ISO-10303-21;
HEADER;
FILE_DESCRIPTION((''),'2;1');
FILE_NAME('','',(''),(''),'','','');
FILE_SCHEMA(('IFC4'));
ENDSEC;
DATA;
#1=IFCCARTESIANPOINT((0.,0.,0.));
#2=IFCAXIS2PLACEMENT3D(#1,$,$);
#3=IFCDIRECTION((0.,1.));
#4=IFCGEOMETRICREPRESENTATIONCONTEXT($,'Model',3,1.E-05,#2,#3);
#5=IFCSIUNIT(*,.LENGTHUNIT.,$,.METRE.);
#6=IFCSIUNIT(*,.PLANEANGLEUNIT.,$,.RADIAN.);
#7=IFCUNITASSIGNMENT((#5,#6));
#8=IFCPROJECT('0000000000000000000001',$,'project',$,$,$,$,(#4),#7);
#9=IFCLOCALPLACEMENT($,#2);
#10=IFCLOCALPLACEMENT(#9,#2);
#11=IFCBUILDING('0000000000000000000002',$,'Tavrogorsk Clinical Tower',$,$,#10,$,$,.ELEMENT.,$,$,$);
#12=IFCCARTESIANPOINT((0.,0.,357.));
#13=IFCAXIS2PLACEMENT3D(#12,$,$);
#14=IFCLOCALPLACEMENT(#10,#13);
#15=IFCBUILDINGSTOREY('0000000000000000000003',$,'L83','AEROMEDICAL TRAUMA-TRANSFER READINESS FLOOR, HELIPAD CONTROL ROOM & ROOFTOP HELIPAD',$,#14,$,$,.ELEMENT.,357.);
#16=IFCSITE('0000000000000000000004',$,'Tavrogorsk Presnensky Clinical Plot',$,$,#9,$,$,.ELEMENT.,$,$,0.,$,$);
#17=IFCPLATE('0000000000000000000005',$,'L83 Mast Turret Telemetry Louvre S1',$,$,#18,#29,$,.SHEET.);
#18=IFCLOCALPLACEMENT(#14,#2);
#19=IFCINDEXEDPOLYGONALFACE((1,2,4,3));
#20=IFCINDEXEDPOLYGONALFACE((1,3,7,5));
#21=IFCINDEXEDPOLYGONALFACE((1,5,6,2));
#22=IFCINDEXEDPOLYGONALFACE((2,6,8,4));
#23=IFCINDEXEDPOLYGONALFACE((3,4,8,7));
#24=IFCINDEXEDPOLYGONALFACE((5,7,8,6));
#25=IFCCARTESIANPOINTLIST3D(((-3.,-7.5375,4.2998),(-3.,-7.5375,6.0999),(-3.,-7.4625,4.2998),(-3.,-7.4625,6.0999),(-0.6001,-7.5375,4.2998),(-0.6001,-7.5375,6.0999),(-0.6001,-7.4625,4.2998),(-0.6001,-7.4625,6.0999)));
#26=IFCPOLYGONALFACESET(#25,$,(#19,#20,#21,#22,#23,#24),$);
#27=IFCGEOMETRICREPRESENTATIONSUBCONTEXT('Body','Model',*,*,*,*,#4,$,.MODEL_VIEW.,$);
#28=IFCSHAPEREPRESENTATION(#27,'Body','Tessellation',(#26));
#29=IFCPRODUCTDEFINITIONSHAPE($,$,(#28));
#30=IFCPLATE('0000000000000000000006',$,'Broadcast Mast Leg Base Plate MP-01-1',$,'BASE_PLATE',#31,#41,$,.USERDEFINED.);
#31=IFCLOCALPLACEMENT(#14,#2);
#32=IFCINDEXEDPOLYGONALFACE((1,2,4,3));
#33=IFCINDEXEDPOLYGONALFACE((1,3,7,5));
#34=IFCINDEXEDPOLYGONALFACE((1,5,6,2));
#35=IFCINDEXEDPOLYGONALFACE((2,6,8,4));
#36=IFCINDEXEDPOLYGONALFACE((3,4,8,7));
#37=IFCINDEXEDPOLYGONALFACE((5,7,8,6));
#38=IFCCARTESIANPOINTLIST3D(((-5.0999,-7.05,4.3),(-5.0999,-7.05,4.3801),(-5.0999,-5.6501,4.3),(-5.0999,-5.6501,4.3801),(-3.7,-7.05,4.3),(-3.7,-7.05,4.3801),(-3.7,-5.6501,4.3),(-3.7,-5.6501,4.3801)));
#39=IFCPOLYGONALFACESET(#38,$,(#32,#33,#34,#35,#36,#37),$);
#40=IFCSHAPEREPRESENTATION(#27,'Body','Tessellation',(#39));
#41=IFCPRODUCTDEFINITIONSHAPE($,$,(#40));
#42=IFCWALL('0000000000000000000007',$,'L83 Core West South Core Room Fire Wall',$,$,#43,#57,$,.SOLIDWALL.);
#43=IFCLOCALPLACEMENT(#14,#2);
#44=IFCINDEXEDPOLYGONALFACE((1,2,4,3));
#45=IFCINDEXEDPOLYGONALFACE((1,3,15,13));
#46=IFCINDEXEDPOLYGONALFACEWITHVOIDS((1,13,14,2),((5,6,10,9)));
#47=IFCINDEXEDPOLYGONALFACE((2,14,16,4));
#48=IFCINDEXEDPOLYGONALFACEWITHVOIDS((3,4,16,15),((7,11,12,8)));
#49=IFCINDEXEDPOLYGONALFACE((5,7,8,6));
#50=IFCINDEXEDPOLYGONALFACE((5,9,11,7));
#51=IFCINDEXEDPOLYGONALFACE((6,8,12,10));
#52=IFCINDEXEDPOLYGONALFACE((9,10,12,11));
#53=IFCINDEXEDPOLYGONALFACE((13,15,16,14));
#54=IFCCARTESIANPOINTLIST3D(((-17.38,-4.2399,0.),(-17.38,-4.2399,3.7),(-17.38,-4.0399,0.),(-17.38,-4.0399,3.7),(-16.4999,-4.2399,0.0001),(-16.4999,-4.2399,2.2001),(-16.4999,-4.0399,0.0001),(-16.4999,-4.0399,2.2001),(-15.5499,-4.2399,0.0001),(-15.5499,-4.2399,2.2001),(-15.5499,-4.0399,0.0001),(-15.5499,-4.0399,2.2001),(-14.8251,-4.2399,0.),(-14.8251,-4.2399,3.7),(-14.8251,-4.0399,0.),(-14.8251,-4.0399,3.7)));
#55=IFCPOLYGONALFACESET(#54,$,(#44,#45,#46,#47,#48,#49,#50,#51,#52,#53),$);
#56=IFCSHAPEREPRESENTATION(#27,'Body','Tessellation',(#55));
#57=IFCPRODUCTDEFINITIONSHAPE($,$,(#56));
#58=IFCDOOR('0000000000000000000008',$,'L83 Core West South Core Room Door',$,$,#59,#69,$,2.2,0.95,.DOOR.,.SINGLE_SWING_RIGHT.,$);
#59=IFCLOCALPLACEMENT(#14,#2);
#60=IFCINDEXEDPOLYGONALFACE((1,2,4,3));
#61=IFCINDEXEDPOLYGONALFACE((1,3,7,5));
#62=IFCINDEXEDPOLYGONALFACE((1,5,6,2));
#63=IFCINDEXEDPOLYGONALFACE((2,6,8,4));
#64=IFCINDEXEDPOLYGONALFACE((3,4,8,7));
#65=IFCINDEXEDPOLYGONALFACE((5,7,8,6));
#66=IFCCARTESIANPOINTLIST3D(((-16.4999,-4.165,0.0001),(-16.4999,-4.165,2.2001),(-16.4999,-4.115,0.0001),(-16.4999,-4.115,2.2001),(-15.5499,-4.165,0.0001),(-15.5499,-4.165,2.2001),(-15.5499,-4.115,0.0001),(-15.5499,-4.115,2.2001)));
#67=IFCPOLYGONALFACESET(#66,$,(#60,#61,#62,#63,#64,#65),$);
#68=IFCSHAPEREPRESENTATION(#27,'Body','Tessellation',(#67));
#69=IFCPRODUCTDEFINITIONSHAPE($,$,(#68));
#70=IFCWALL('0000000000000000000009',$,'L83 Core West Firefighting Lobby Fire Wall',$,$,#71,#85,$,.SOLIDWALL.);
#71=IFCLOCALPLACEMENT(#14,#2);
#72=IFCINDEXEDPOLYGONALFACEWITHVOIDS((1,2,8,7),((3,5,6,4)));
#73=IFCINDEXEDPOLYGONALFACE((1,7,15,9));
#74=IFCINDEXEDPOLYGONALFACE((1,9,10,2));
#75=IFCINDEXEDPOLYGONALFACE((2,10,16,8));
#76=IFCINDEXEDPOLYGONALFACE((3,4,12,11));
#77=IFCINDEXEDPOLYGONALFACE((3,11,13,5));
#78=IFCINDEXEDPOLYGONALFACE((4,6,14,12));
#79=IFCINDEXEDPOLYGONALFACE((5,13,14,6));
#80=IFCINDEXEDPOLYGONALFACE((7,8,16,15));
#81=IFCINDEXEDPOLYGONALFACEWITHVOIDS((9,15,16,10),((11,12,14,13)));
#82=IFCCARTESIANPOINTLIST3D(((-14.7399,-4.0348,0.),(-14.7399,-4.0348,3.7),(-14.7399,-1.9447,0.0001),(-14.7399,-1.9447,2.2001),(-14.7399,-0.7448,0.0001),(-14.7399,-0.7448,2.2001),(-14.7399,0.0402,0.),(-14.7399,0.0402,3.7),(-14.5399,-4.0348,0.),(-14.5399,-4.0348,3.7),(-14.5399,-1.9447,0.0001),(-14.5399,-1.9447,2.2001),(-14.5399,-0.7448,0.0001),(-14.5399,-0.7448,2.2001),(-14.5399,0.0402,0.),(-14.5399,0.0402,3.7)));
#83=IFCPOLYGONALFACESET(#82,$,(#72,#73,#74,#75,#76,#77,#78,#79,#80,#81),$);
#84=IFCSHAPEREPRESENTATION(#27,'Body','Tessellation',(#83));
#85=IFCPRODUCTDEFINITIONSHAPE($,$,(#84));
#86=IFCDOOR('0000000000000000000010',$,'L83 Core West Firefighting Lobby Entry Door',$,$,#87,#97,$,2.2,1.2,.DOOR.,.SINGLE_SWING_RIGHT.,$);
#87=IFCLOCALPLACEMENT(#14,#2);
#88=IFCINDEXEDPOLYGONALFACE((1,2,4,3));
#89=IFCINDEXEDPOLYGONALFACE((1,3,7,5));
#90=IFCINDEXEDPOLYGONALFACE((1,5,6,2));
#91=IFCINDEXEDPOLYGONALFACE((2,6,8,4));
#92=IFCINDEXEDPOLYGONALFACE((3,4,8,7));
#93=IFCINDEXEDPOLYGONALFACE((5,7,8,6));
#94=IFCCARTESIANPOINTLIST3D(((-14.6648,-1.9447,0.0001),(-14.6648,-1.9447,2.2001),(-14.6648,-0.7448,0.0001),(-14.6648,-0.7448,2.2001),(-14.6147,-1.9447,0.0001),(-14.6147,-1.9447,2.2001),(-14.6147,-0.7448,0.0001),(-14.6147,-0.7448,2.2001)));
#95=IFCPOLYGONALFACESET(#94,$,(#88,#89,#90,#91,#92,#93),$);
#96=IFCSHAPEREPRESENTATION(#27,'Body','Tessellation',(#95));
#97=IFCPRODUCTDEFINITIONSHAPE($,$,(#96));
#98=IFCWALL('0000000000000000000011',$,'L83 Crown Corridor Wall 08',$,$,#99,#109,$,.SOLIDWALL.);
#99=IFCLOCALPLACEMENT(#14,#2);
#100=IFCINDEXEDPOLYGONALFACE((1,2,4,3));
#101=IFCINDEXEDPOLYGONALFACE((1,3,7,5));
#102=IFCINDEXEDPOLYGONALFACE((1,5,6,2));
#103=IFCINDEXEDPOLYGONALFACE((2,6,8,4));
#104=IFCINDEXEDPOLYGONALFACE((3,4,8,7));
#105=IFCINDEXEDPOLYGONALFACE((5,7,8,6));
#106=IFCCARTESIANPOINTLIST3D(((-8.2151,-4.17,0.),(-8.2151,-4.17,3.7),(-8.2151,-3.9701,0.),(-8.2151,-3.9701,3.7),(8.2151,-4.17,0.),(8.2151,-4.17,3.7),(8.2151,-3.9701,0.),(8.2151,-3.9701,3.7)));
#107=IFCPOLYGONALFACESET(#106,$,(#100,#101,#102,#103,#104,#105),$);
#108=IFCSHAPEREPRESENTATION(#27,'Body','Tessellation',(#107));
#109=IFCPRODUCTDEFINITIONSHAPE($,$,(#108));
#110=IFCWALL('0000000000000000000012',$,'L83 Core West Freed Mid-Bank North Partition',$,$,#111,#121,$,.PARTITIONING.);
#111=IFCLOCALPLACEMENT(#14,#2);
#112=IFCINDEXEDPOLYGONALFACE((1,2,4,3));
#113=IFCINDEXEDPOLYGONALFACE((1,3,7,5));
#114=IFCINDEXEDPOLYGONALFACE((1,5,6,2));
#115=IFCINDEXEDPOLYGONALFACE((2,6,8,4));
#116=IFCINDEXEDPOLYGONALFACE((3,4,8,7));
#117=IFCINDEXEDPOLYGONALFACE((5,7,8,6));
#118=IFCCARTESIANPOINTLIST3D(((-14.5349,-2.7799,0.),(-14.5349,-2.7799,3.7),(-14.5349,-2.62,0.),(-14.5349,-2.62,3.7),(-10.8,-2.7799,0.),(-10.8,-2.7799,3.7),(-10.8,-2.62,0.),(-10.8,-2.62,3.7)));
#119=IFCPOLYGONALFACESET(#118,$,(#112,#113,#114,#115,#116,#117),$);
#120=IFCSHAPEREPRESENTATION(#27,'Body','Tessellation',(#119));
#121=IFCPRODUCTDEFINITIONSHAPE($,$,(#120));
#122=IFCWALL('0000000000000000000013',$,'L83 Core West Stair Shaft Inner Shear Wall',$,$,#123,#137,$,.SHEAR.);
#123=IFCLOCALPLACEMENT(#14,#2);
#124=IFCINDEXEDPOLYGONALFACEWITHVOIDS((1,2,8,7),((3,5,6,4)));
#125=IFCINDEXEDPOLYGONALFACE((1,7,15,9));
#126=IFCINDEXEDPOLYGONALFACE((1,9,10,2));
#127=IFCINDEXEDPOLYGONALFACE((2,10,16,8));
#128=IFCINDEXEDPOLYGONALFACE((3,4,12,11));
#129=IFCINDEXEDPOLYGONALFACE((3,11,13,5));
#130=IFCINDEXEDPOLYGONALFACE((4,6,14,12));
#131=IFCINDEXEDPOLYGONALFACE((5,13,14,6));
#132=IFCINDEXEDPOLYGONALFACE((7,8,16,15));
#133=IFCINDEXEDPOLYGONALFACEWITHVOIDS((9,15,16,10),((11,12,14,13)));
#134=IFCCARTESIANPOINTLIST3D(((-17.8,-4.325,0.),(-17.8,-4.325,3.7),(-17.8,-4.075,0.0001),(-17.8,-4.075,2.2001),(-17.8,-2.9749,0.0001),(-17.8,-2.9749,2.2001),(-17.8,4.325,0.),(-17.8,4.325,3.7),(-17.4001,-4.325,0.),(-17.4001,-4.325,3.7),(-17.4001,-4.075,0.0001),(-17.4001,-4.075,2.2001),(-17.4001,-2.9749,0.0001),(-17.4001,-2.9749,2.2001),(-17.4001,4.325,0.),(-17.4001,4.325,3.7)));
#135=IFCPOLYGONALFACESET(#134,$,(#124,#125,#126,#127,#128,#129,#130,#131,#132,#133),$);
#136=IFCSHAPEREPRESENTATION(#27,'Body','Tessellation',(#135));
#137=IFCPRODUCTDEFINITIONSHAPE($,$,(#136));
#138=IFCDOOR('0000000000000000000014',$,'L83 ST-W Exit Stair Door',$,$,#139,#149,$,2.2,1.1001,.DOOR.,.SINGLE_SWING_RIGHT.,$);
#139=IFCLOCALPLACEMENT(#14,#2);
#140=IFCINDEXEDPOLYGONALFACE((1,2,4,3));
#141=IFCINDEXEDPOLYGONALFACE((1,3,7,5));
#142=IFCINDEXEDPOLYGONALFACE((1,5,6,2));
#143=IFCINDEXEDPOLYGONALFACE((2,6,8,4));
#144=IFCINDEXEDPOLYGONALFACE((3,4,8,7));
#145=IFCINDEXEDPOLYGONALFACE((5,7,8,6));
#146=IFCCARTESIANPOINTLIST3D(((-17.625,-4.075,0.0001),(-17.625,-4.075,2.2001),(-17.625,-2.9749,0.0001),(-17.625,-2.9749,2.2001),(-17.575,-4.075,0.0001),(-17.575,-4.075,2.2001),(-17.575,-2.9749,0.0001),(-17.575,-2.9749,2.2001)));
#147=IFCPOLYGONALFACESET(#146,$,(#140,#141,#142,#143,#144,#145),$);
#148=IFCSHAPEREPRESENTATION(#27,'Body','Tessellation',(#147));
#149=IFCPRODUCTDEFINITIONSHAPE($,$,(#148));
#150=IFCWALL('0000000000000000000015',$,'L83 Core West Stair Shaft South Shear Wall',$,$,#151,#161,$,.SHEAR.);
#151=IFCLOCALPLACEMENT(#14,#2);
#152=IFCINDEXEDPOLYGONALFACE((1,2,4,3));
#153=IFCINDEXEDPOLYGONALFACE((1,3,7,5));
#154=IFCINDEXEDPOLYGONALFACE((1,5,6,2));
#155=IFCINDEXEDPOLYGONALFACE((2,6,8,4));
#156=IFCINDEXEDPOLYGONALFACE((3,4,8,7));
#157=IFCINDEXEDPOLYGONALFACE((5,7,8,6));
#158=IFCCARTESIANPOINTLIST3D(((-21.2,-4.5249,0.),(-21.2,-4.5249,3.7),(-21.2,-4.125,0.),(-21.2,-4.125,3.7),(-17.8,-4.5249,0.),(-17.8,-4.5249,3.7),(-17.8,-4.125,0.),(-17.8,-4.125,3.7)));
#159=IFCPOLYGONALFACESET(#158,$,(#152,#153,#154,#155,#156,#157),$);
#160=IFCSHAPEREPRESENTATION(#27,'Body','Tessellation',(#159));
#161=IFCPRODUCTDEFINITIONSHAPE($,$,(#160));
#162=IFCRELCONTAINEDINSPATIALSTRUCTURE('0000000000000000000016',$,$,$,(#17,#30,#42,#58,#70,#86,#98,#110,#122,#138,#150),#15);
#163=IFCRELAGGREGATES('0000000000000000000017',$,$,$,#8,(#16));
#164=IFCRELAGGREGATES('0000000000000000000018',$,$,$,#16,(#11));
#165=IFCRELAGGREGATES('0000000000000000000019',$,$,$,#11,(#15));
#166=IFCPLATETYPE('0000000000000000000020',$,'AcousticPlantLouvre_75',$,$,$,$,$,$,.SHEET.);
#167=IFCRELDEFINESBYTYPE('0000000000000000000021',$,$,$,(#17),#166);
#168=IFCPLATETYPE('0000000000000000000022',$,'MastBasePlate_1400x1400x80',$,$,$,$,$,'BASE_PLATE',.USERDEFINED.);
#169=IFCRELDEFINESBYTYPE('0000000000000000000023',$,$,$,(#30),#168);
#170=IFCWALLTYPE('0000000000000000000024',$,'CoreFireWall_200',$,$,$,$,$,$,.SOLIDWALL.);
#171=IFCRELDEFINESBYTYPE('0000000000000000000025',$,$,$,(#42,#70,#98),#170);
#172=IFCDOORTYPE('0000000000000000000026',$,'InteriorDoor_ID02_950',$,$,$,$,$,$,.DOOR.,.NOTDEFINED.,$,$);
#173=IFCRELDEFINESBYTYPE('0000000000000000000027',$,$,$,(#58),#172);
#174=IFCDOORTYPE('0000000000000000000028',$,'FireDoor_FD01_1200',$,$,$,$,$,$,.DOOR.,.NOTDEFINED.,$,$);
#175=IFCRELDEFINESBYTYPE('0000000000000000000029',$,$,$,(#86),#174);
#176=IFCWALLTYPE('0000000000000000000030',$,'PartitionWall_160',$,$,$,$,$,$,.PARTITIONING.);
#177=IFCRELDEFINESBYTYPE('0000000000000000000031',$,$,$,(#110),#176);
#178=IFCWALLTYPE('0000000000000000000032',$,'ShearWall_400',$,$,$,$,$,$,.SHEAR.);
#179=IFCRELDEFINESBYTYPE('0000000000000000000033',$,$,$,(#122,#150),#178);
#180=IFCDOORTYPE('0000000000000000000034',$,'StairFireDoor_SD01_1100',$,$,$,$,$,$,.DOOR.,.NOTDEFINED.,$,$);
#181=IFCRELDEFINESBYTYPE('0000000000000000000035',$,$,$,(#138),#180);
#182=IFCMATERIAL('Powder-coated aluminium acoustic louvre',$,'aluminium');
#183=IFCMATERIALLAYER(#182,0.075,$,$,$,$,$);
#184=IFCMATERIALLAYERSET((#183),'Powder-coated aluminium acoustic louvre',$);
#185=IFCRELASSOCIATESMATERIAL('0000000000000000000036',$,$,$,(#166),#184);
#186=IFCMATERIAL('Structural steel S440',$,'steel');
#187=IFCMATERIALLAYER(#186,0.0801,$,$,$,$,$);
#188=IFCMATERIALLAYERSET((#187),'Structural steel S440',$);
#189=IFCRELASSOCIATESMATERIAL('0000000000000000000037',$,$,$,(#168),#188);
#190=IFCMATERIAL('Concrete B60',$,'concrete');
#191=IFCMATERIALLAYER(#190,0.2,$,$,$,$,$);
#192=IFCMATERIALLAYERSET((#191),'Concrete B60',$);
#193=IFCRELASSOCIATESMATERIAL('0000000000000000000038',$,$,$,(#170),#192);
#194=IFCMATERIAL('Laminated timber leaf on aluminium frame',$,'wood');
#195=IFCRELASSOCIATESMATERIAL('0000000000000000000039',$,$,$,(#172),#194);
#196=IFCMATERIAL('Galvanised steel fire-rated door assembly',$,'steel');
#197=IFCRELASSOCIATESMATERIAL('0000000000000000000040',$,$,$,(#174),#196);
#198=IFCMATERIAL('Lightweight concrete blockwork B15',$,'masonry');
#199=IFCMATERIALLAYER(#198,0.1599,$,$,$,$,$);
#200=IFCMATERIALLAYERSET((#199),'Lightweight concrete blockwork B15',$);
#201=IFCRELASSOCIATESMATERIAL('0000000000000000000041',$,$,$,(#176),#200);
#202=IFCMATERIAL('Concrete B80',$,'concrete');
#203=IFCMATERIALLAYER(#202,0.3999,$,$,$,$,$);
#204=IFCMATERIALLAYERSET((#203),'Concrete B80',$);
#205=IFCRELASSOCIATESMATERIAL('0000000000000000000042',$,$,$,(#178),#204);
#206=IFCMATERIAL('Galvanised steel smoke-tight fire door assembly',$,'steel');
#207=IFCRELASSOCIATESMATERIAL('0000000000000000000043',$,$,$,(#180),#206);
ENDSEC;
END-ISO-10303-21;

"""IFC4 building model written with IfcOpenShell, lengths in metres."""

from ifc_helpers import new_model, si_unit, direction, frame, frame_2d, origin, origin_2d, place, context, subcontext, project, spatial, rectangle, extrude, material, layer, layer_set, type_object, element, fill, save


model = new_model("IFC4")

# Units and contexts
model_context = context("Model", 3, precision=1e-05, world=origin(), true_north=direction((0.0, 1.0)))
body_context = subcontext(model_context, "Body", "Model", "MODEL_VIEW")
ifc_project = project(units=[si_unit("LENGTHUNIT", "METRE"), si_unit("PLANEANGLEUNIT", "RADIAN")], contexts=[model_context])

# Site, building, storey
site_placement = place(None, origin())
site = spatial("IfcSite", under=ifc_project, at=site_placement, Name="Tavrogorsk Presnensky Clinical Plot", CompositionType="ELEMENT", RefElevation=0.0)
building_placement = place(site_placement, origin())
building = spatial("IfcBuilding", under=site, at=building_placement, Name="Tavrogorsk Clinical Tower", CompositionType="ELEMENT")
storey_placement = place(building_placement, frame((0.0, 0.0, 357.0)))
storey = spatial("IfcBuildingStorey", under=building, at=storey_placement, Name="L83", Description="AEROMEDICAL TRAUMA-TRANSFER READINESS FLOOR, HELIPAD CONTROL ROOM & ROOFTOP HELIPAD", CompositionType="ELEMENT", Elevation=357.0)

# Plates
ifc_material_1 = material(Name="Powder-coated aluminium acoustic louvre", Category="aluminium")
ifc_layer_1 = layer(ifc_material_1, 0.075)
ifc_layer_set_1 = layer_set([ifc_layer_1], Name="Powder-coated aluminium acoustic louvre")
plate_type_1 = type_object("IfcPlateType", Name="AcousticPlantLouvre_75", PredefinedType="SHEET", material=ifc_layer_set_1)
plate_1_placement = place(storey_placement, frame((-1.8, -7.5, 4.2998), z_axis=(0.0, 0.0, 1.0), x_axis=(1.0, 0.0, 0.0)))
element("IfcPlate", 1, at=plate_1_placement, inside=storey, type_object=plate_type_1, Name="L83 Mast Turret Telemetry Louvre S1", PredefinedType="SHEET", context=body_context, shape_type="SweptSolid", body=[
    extrude(rectangle(XDim=2.3999, YDim=0.075, at=origin_2d()), origin(), (0.0, 0.0, 1.0), 1.8),
])
ifc_material_2 = material(Name="Structural steel S440", Category="steel")
ifc_layer_2 = layer(ifc_material_2, 0.0801)
ifc_layer_set_2 = layer_set([ifc_layer_2], Name="Structural steel S440")
plate_type_2 = type_object("IfcPlateType", Name="MastBasePlate_1400x1400x80", ElementType="BASE_PLATE", PredefinedType="USERDEFINED", material=ifc_layer_set_2)
plate_2_placement = place(storey_placement, frame((-4.3999, -6.3501, 4.3), z_axis=(0.0, 0.0, 1.0), x_axis=(1.0, 0.0, 0.0)))
element("IfcPlate", 2, at=plate_2_placement, inside=storey, type_object=plate_type_2, Name="Broadcast Mast Leg Base Plate MP-01-1", ObjectType="BASE_PLATE", PredefinedType="USERDEFINED", context=body_context, shape_type="SweptSolid", body=[
    extrude(rectangle(XDim=1.3999, YDim=1.3999, at=origin_2d()), origin(), (0.0, 0.0, 1.0), 0.0801),
])

# Walls, openings, doors
ifc_material_3 = material(Name="Concrete B60", Category="concrete")
ifc_layer_3 = layer(ifc_material_3, 0.2)
ifc_layer_set_3 = layer_set([ifc_layer_3], Name="Concrete B60")
wall_type_1 = type_object("IfcWallType", Name="CoreFireWall_200", PredefinedType="SOLIDWALL", material=ifc_layer_set_3)
wall_1_placement = place(storey_placement, frame((-17.3799, -4.1399, 0.0), z_axis=(0.0, 0.0, 1.0), x_axis=(1.0, 0.0, 0.0)))
wall_1 = element("IfcWall", 3, at=wall_1_placement, inside=storey, type_object=wall_type_1, Name="L83 Core West South Core Room Fire Wall", PredefinedType="SOLIDWALL", context=body_context, shape_type="SweptSolid", body=[
    extrude(rectangle(XDim=2.5549, YDim=0.2, at=frame_2d((1.2773, 0.0))), origin(), (0.0, 0.0, 1.0), 3.7),
])
opening_1_placement = place(wall_1_placement, frame((0.8799, 0.0, 0.0)))
opening_1 = element("IfcOpeningElement", 4, at=opening_1_placement, cuts=wall_1, PredefinedType="OPENING", context=body_context, shape_type="SweptSolid", body=[
    extrude(rectangle(XDim=0.95, YDim=2.2, at=frame_2d((0.4751, 1.1001))), frame((0.0, 0.1099, 0.0), z_axis=(0.0, -1.0, 0.0), x_axis=(1.0, 0.0, 0.0)), (0.0, 0.0, 1.0), 0.22),
])
ifc_material_4 = material(Name="Laminated timber leaf on aluminium frame", Category="wood")
door_type_1 = type_object("IfcDoorType", Name="InteriorDoor_ID02_950", OperationType="NOTDEFINED", PredefinedType="DOOR", material=ifc_material_4)
door_1_placement = place(opening_1_placement, origin())
door_1 = element("IfcDoor", 5, at=door_1_placement, inside=storey, type_object=door_type_1, Name="L83 Core West South Core Room Door", OperationType="SINGLE_SWING_RIGHT", OverallHeight=2.2, OverallWidth=0.95, PredefinedType="DOOR", context=body_context, shape_type="SweptSolid", body=[
    extrude(rectangle(XDim=0.95, YDim=2.2, at=frame_2d((0.4751, 1.1001))), frame((0.0, 0.0249, 0.0), z_axis=(0.0, -1.0, 0.0), x_axis=(1.0, 0.0, 0.0)), (0.0, 0.0, 1.0), 0.05),
])
fill(opening_1, door_1)
wall_2_placement = place(storey_placement, frame((-14.6399, -4.0349, 0.0), z_axis=(0.0, 0.0, 1.0), x_axis=(0.0, 1.0, 0.0)))
wall_2 = element("IfcWall", 6, at=wall_2_placement, inside=storey, type_object=wall_type_1, Name="L83 Core West Firefighting Lobby Fire Wall", PredefinedType="SOLIDWALL", context=body_context, shape_type="SweptSolid", body=[
    extrude(rectangle(XDim=4.075, YDim=0.2, at=frame_2d((2.0376, 0.0))), origin(), (0.0, 0.0, 1.0), 3.7),
])
opening_2_placement = place(wall_2_placement, frame((2.0901, 0.0, 0.0)))
opening_2 = element("IfcOpeningElement", 7, at=opening_2_placement, cuts=wall_2, PredefinedType="OPENING", context=body_context, shape_type="SweptSolid", body=[
    extrude(rectangle(XDim=1.2, YDim=2.2, at=frame_2d((0.6001, 1.1001))), frame((0.0, 0.1099, 0.0), z_axis=(0.0, -1.0, 0.0), x_axis=(1.0, 0.0, 0.0)), (0.0, 0.0, 1.0), 0.22),
])
ifc_material_5 = material(Name="Galvanised steel fire-rated door assembly", Category="steel")
door_type_2 = type_object("IfcDoorType", Name="FireDoor_FD01_1200", OperationType="NOTDEFINED", PredefinedType="DOOR", material=ifc_material_5)
door_2_placement = place(opening_2_placement, origin())
door_2 = element("IfcDoor", 8, at=door_2_placement, inside=storey, type_object=door_type_2, Name="L83 Core West Firefighting Lobby Entry Door", OperationType="SINGLE_SWING_RIGHT", OverallHeight=2.2, OverallWidth=1.2, PredefinedType="DOOR", context=body_context, shape_type="SweptSolid", body=[
    extrude(rectangle(XDim=1.2, YDim=2.2, at=frame_2d((0.6001, 1.1001))), frame((0.0, 0.0249, 0.0), z_axis=(0.0, -1.0, 0.0), x_axis=(1.0, 0.0, 0.0)), (0.0, 0.0, 1.0), 0.05),
])
fill(opening_2, door_2)

# Walls
wall_3_placement = place(storey_placement, frame((-8.2151, -4.0701, 0.0), z_axis=(0.0, 0.0, 1.0), x_axis=(1.0, 0.0, 0.0)))
element("IfcWall", 9, at=wall_3_placement, inside=storey, type_object=wall_type_1, Name="L83 Crown Corridor Wall 08", PredefinedType="SOLIDWALL", context=body_context, shape_type="SweptSolid", body=[
    extrude(rectangle(XDim=16.4302, YDim=0.2, at=frame_2d((8.2151, 0.0))), origin(), (0.0, 0.0, 1.0), 3.7),
])
ifc_material_6 = material(Name="Lightweight concrete blockwork B15", Category="masonry")
ifc_layer_4 = layer(ifc_material_6, 0.1599)
ifc_layer_set_4 = layer_set([ifc_layer_4], Name="Lightweight concrete blockwork B15")
wall_type_2 = type_object("IfcWallType", Name="PartitionWall_160", PredefinedType="PARTITIONING", material=ifc_layer_set_4)
wall_4_placement = place(storey_placement, frame((-14.5349, -2.7, 0.0), z_axis=(0.0, 0.0, 1.0), x_axis=(1.0, 0.0, 0.0)))
element("IfcWall", 10, at=wall_4_placement, inside=storey, type_object=wall_type_2, Name="L83 Core West Freed Mid-Bank North Partition", PredefinedType="PARTITIONING", context=body_context, shape_type="SweptSolid", body=[
    extrude(rectangle(XDim=3.7349, YDim=0.1599, at=frame_2d((1.8674, 0.0))), origin(), (0.0, 0.0, 1.0), 3.7),
])

# Wall, opening, door
ifc_material_7 = material(Name="Concrete B80", Category="concrete")
ifc_layer_5 = layer(ifc_material_7, 0.3999)
ifc_layer_set_5 = layer_set([ifc_layer_5], Name="Concrete B80")
wall_type_3 = type_object("IfcWallType", Name="ShearWall_400", PredefinedType="SHEAR", material=ifc_layer_set_5)
wall_5_placement = place(storey_placement, frame((-17.6001, -4.325, 0.0), z_axis=(0.0, 0.0, 1.0), x_axis=(0.0, 1.0, 0.0)))
wall_5 = element("IfcWall", 11, at=wall_5_placement, inside=storey, type_object=wall_type_3, Name="L83 Core West Stair Shaft Inner Shear Wall", PredefinedType="SHEAR", context=body_context, shape_type="SweptSolid", body=[
    extrude(rectangle(XDim=8.6499, YDim=0.3999, at=frame_2d((4.325, 0.0))), origin(), (0.0, 0.0, 1.0), 3.7),
])
opening_3_placement = place(wall_5_placement, frame((0.25, 0.0, 0.0)))
opening_3 = element("IfcOpeningElement", 12, at=opening_3_placement, cuts=wall_5, PredefinedType="OPENING", context=body_context, shape_type="SweptSolid", body=[
    extrude(rectangle(XDim=1.1001, YDim=2.2, at=frame_2d((0.55, 1.1001))), frame((0.0, 0.21, 0.0), z_axis=(0.0, -1.0, 0.0), x_axis=(1.0, 0.0, 0.0)), (0.0, 0.0, 1.0), 0.4199),
])
ifc_material_8 = material(Name="Galvanised steel smoke-tight fire door assembly", Category="steel")
door_type_3 = type_object("IfcDoorType", Name="StairFireDoor_SD01_1100", OperationType="NOTDEFINED", PredefinedType="DOOR", material=ifc_material_8)
door_3_placement = place(opening_3_placement, origin())
door_3 = element("IfcDoor", 13, at=door_3_placement, inside=storey, type_object=door_type_3, Name="L83 ST-W Exit Stair Door", OperationType="SINGLE_SWING_RIGHT", OverallHeight=2.2, OverallWidth=1.1001, PredefinedType="DOOR", context=body_context, shape_type="SweptSolid", body=[
    extrude(rectangle(XDim=1.1001, YDim=2.2, at=frame_2d((0.55, 1.1001))), frame((0.0, 0.0249, 0.0), z_axis=(0.0, -1.0, 0.0), x_axis=(1.0, 0.0, 0.0)), (0.0, 0.0, 1.0), 0.05),
])
fill(opening_3, door_3)

# Wall
wall_6_placement = place(storey_placement, frame((-21.2, -4.325, 0.0), z_axis=(0.0, 0.0, 1.0), x_axis=(1.0, 0.0, 0.0)))
element("IfcWall", 14, at=wall_6_placement, inside=storey, type_object=wall_type_3, Name="L83 Core West Stair Shaft South Shear Wall", PredefinedType="SHEAR", context=body_context, shape_type="SweptSolid", body=[
    extrude(rectangle(XDim=3.3999, YDim=0.3999, at=frame_2d((1.7, 0.0))), origin(), (0.0, 0.0, 1.0), 3.7),
])

save(model, "model.ifc")
